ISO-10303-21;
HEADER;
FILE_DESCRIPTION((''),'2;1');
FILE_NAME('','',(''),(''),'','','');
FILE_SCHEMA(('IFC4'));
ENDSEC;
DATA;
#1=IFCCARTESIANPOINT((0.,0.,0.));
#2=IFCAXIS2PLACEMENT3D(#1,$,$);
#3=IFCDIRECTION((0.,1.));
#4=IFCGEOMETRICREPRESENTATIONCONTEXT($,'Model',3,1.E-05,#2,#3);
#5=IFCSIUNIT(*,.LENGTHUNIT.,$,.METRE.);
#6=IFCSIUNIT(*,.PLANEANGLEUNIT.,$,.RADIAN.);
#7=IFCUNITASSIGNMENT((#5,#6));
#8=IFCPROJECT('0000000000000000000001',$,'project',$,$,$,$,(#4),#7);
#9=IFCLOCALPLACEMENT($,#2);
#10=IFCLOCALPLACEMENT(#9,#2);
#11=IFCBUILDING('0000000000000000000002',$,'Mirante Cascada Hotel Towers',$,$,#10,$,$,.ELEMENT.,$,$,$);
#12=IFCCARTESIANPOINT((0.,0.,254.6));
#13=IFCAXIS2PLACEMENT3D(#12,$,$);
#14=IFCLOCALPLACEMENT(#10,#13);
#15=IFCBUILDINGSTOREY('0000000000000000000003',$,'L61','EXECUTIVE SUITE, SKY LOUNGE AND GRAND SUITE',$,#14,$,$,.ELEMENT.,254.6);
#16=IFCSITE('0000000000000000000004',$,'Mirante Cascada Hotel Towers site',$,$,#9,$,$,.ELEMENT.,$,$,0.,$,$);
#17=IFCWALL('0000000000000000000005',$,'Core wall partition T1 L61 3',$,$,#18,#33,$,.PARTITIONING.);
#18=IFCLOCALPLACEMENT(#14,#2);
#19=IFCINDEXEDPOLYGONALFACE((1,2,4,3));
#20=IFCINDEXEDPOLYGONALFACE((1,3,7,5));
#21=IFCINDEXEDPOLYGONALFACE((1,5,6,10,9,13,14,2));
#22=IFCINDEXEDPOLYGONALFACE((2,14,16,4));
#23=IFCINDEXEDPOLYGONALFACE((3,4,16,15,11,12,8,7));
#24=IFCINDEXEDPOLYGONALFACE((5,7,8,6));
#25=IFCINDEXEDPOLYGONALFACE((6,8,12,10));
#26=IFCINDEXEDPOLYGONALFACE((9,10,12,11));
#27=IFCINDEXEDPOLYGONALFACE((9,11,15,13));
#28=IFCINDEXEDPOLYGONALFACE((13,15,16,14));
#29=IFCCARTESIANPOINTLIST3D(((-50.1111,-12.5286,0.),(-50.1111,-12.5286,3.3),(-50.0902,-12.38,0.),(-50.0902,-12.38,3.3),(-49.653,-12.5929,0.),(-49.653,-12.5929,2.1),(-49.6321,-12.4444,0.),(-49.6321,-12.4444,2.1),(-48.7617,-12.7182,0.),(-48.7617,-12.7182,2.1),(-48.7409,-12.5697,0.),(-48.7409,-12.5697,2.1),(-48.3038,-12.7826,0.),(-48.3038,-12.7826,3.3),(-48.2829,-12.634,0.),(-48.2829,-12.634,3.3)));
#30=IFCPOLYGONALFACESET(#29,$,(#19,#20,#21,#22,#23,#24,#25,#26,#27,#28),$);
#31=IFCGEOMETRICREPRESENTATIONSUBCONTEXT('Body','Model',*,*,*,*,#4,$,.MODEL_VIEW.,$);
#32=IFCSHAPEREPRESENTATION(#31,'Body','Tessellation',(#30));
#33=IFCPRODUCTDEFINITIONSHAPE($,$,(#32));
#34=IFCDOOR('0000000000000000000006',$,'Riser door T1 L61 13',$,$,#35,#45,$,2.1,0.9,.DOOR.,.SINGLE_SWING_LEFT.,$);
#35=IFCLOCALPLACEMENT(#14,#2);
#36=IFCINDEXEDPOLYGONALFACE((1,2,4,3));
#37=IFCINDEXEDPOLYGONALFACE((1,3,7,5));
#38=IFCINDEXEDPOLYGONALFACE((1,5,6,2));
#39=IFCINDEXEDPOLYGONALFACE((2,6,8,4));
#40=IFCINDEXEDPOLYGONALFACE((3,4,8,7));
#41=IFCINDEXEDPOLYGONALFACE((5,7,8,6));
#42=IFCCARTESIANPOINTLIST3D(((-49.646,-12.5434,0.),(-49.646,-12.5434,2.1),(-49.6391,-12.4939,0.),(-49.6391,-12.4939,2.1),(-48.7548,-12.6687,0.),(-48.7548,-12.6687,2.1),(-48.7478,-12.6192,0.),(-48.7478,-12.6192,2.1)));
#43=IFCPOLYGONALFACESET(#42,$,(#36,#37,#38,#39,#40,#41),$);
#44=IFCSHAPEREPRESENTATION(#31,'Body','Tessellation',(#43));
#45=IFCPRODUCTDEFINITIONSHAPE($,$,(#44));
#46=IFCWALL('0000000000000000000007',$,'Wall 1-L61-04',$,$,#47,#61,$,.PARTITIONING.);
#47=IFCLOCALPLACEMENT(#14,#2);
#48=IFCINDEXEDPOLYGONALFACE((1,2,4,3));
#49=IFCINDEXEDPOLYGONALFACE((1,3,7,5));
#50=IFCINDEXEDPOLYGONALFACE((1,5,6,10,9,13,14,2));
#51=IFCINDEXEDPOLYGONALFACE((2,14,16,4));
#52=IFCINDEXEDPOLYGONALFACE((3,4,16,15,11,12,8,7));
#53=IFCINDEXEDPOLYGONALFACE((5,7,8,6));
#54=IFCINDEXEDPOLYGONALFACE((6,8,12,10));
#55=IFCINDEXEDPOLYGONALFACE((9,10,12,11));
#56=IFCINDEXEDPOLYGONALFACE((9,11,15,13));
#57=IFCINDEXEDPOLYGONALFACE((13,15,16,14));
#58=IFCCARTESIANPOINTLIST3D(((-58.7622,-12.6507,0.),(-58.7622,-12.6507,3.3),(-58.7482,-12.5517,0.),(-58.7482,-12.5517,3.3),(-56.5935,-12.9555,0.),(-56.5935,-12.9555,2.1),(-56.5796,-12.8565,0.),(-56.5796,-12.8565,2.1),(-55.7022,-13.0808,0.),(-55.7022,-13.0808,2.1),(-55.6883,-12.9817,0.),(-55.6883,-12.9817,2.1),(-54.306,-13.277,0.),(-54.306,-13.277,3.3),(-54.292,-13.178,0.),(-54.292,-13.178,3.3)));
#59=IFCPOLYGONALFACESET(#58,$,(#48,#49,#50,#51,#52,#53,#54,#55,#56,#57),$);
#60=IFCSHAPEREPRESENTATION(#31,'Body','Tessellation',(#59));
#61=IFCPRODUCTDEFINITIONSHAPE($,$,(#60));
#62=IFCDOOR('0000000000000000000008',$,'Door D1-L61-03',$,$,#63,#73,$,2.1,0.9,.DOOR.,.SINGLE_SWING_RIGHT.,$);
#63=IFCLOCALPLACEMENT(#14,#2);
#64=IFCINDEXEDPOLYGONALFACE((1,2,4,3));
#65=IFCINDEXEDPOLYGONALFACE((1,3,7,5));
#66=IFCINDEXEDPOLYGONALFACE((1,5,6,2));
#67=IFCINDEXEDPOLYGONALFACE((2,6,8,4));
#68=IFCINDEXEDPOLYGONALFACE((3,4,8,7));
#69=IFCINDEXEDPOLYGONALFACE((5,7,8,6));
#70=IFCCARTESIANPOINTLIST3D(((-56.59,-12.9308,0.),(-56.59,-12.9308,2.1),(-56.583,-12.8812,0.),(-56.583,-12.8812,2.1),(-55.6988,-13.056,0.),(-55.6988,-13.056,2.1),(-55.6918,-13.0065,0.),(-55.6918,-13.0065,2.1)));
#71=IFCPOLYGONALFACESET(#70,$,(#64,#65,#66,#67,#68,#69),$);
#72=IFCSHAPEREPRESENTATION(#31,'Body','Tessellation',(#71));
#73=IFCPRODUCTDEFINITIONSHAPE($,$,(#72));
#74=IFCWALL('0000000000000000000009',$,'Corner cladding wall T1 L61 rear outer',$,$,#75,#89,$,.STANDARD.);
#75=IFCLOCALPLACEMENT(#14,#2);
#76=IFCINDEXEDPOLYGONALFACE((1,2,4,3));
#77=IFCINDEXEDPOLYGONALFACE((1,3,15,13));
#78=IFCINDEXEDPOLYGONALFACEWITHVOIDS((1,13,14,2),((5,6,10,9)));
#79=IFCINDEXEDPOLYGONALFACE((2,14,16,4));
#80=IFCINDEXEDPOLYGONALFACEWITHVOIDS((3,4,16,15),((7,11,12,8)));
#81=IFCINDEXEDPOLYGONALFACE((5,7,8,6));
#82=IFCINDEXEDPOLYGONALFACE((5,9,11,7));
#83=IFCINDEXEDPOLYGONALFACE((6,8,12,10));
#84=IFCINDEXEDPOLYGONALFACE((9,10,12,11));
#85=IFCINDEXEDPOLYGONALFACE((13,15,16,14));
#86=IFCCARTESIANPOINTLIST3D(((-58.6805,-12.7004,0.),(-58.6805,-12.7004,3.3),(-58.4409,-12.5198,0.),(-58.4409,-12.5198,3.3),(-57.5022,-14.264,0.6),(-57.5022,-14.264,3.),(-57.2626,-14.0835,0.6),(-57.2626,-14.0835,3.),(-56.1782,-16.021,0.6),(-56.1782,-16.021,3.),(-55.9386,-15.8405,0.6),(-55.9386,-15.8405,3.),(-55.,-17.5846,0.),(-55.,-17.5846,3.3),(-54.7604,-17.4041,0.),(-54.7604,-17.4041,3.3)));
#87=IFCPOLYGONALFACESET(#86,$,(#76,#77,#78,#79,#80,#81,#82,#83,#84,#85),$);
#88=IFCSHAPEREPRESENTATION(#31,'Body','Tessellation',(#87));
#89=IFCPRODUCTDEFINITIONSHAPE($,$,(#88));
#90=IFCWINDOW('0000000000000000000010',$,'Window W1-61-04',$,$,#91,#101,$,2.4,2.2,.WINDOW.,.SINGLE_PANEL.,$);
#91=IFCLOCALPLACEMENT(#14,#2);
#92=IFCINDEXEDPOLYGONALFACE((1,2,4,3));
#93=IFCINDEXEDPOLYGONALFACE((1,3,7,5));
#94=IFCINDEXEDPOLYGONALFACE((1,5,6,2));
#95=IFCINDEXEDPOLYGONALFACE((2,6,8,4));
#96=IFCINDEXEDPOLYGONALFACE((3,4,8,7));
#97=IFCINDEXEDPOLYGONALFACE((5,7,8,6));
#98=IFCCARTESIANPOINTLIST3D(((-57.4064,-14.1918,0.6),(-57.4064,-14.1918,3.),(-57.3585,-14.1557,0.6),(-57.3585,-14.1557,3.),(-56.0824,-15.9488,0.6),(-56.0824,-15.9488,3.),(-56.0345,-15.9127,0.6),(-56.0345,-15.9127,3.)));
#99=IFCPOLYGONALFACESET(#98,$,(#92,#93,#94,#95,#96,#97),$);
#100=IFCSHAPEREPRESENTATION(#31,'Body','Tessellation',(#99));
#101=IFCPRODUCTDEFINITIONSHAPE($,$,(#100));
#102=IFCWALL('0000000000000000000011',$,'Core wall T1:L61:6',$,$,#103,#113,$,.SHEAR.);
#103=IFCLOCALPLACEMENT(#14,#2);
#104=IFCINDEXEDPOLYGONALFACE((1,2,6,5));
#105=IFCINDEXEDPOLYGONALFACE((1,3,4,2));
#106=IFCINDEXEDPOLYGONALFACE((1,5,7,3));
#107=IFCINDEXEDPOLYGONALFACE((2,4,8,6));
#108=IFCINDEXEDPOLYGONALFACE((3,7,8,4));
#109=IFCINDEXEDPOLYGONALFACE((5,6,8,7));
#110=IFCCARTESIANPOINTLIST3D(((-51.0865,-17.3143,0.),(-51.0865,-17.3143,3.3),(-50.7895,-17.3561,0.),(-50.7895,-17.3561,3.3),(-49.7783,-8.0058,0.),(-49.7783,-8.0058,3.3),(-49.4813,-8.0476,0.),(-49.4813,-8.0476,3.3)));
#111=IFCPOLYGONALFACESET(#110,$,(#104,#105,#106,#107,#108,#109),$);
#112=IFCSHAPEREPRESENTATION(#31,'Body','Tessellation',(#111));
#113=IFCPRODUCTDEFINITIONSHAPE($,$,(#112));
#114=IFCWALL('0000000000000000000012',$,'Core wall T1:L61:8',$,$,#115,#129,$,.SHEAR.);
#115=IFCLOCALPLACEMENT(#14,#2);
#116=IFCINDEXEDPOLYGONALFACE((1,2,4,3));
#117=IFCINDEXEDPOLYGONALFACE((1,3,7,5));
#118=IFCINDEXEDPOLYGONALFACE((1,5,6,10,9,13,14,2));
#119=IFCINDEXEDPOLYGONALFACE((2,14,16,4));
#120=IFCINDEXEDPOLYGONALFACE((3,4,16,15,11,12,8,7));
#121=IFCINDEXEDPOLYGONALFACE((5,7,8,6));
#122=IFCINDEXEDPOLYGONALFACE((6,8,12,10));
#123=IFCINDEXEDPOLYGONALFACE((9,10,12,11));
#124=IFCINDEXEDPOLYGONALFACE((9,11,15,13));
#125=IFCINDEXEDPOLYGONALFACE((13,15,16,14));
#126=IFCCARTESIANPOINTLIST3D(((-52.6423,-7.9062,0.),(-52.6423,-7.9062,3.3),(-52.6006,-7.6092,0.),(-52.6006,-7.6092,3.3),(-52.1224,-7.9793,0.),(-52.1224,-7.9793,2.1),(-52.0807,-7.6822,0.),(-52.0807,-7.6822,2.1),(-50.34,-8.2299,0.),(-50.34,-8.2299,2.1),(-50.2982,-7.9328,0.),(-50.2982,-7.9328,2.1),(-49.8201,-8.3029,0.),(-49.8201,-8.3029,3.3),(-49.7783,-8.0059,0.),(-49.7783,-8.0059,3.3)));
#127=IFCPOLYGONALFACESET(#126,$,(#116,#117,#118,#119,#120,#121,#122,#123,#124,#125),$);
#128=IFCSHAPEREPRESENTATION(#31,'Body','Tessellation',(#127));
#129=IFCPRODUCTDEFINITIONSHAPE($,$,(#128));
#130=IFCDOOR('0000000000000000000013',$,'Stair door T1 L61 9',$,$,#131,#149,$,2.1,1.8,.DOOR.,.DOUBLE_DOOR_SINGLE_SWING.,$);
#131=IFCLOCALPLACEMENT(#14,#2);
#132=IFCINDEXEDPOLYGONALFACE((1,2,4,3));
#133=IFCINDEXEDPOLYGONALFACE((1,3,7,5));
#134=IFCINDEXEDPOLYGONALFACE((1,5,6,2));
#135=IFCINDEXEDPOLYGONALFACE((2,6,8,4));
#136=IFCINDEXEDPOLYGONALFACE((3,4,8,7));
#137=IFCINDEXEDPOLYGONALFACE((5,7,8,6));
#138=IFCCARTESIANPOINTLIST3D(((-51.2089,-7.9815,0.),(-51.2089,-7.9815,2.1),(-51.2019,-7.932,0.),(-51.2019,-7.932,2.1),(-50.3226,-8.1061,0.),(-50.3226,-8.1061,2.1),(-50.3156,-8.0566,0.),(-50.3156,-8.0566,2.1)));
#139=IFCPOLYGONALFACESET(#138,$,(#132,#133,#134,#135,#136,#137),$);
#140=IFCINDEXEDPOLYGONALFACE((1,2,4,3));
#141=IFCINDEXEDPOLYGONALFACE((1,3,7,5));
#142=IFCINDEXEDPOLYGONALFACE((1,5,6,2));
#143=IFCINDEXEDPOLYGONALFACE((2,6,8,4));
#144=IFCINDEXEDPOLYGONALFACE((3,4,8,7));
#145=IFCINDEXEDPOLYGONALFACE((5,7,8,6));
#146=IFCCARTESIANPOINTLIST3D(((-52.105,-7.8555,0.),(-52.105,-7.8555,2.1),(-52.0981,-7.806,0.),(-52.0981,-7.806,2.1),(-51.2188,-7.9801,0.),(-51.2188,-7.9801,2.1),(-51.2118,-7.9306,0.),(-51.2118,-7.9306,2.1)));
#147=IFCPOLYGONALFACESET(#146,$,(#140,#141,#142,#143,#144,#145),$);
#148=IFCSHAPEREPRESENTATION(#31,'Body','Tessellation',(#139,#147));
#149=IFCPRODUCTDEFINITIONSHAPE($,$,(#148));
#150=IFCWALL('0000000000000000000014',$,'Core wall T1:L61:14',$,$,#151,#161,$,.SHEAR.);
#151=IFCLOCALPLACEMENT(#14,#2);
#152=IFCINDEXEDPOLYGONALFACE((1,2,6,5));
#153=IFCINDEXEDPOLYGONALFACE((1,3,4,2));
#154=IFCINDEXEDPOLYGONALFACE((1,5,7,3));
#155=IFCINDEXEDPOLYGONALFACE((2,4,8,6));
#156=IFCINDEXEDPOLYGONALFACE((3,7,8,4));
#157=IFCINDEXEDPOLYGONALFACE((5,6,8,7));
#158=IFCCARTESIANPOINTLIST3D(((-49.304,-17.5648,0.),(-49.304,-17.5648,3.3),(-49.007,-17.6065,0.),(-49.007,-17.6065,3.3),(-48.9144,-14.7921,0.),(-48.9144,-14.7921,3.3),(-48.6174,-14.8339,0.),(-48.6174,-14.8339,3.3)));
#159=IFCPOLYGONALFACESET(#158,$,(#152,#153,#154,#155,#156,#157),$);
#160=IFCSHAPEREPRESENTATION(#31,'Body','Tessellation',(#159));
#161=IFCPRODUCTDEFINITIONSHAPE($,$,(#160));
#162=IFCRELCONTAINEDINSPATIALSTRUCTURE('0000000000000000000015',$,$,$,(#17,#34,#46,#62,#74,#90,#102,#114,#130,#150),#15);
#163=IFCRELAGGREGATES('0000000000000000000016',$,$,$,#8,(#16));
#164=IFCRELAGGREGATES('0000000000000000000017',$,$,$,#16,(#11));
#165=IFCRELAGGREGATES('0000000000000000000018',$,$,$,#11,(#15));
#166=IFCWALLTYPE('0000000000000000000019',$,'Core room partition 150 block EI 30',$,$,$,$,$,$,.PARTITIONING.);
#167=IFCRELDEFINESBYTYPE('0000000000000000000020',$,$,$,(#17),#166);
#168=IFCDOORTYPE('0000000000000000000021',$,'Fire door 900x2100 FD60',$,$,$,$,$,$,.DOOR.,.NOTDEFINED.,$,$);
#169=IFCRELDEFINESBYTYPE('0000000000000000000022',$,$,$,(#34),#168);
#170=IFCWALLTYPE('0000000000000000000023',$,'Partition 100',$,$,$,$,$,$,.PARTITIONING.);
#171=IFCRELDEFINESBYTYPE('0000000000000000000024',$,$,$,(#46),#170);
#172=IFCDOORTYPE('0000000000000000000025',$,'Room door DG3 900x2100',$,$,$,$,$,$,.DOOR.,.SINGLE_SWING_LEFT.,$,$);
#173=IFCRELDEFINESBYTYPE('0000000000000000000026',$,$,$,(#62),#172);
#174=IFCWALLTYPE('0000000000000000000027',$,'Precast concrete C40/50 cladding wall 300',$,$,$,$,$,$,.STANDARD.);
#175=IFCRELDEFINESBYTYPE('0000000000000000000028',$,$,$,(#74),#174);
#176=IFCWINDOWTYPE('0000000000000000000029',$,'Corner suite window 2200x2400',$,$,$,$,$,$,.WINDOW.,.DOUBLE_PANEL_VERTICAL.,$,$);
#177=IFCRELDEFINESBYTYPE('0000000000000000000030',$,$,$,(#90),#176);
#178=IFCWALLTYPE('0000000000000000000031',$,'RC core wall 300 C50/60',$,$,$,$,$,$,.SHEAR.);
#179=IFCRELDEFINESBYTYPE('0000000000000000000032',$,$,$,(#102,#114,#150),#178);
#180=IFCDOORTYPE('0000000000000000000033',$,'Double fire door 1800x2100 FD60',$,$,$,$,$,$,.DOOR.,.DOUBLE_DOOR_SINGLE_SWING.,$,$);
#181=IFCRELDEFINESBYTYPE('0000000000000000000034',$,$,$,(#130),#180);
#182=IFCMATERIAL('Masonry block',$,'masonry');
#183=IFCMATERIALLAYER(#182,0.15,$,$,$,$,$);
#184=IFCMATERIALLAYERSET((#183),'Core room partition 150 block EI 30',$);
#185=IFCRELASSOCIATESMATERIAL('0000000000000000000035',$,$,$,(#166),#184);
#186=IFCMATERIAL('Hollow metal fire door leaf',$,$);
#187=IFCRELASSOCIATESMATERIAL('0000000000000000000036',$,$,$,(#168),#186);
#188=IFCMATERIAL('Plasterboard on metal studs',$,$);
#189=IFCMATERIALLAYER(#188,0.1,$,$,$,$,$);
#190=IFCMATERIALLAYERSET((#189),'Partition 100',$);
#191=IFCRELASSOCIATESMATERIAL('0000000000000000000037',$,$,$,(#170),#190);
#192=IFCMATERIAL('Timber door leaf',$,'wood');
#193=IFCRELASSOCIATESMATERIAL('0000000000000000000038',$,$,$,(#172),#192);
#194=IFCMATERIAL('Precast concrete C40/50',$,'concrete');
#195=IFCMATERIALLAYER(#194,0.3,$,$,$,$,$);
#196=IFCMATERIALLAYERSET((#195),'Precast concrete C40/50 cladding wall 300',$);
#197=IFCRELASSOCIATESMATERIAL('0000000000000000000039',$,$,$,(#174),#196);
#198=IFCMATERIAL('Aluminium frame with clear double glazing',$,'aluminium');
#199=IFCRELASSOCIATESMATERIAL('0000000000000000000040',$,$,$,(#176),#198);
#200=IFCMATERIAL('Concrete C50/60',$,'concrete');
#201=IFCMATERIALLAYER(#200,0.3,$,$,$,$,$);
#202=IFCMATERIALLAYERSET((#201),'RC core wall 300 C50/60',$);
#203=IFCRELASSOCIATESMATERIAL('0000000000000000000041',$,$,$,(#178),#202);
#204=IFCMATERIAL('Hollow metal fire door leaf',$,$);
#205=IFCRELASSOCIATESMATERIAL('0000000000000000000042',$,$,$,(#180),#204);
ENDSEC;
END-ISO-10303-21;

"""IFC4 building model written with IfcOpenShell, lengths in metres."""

from ifc_helpers import new_model, si_unit, direction, frame, frame_2d, origin, place, context, subcontext, project, spatial, rectangle, extrude, material, layer, layer_set, type_object, element, fill, save


model = new_model("IFC4")

# Units and contexts
model_context = context("Model", 3, precision=1e-05, world=origin(), true_north=direction((0.0, 1.0)))
body_context = subcontext(model_context, "Body", "Model", "MODEL_VIEW")
ifc_project = project(units=[si_unit("LENGTHUNIT", "METRE"), si_unit("PLANEANGLEUNIT", "RADIAN")], contexts=[model_context])

# Site, building, storey
site_placement = place(None, origin())
site = spatial("IfcSite", under=ifc_project, at=site_placement, Name="Mirante Cascada Hotel Towers site", CompositionType="ELEMENT", RefElevation=0.0)
building_placement = place(site_placement, origin())
building = spatial("IfcBuilding", under=site, at=building_placement, Name="Mirante Cascada Hotel Towers", CompositionType="ELEMENT")
storey_placement = place(building_placement, frame((0.0, 0.0, 254.6)))
storey = spatial("IfcBuildingStorey", under=building, at=storey_placement, Name="L61", Description="EXECUTIVE SUITE, SKY LOUNGE AND GRAND SUITE", CompositionType="ELEMENT", Elevation=254.6)

# Shared definitions
ifc_material_1 = material(Name="Masonry block", Category="masonry")
ifc_layer_1 = layer(ifc_material_1, 0.15)
ifc_layer_set_1 = layer_set([ifc_layer_1], Name="Core room partition 150 block EI 30")
wall_type_1 = type_object("IfcWallType", Name="Core room partition 150 block EI 30", PredefinedType="PARTITIONING", material=ifc_layer_set_1)

# Walls, openings, doors
wall_1_placement = place(storey_placement, frame((-48.2933, -12.7083, 0.0), z_axis=(0.0, 0.0, 1.0), x_axis=(-0.990268, 0.139173, 0.0)))
wall_1 = element("IfcWall", 1, at=wall_1_placement, inside=storey, type_object=wall_type_1, Name="Core wall partition T1 L61 3", PredefinedType="PARTITIONING", context=body_context, shape_type="SweptSolid", body=[
    extrude(rectangle(XDim=1.8251, YDim=0.15, at=frame_2d((0.9126, 0.0))), origin(), (0.0, 0.0, 1.0), 3.3),
])
opening_1_placement = place(wall_1_placement, frame((0.4625, 0.0, 0.0)))
opening_1 = element("IfcOpeningElement", 2, at=opening_1_placement, cuts=wall_1, PredefinedType="OPENING", context=body_context, shape_type="SweptSolid", body=[
    extrude(rectangle(XDim=0.9, YDim=2.1, at=frame_2d((0.45, 1.05))), frame((0.0, 0.075, 0.0), z_axis=(0.0, -1.0, 0.0), x_axis=(1.0, 0.0, 0.0)), (0.0, 0.0, 1.0), 0.15),
])
ifc_material_2 = material(Name="Hollow metal fire door leaf")
door_type_1 = type_object("IfcDoorType", Name="Fire door 900x2100 FD60", OperationType="NOTDEFINED", PredefinedType="DOOR", material=ifc_material_2)
door_1_placement = place(opening_1_placement, origin())
door_1 = element("IfcDoor", 3, at=door_1_placement, inside=storey, type_object=door_type_1, Name="Riser door T1 L61 13", OperationType="SINGLE_SWING_LEFT", OverallHeight=2.1, OverallWidth=0.9, PredefinedType="DOOR", context=body_context, shape_type="SweptSolid", body=[
    extrude(rectangle(XDim=0.9, YDim=2.1, at=frame_2d((0.45, 1.05))), frame((0.0, 0.025, 0.0), z_axis=(0.0, -1.0, 0.0), x_axis=(1.0, 0.0, 0.0)), (0.0, 0.0, 1.0), 0.05),
])
fill(opening_1, door_1)
ifc_material_3 = material(Name="Plasterboard on metal studs")
ifc_layer_2 = layer(ifc_material_3, 0.1)
ifc_layer_set_2 = layer_set([ifc_layer_2], Name="Partition 100")
wall_type_2 = type_object("IfcWallType", Name="Partition 100", PredefinedType="PARTITIONING", material=ifc_layer_set_2)
wall_2_placement = place(storey_placement, frame((-54.299, -13.2275, 0.0), z_axis=(0.0, 0.0, 1.0), x_axis=(-0.990267, 0.139178, 0.0)))
wall_2 = element("IfcWall", 4, at=wall_2_placement, inside=storey, type_object=wall_type_2, Name="Wall 1-L61-04", PredefinedType="PARTITIONING", context=body_context, shape_type="SweptSolid", body=[
    extrude(rectangle(XDim=4.5, YDim=0.1, at=frame_2d((2.25, 0.0))), origin(), (0.0, 0.0, 1.0), 3.3),
])
opening_2_placement = place(wall_2_placement, frame((1.41, 0.0, 0.0)))
opening_2 = element("IfcOpeningElement", 5, at=opening_2_placement, cuts=wall_2, PredefinedType="OPENING", context=body_context, shape_type="SweptSolid", body=[
    extrude(rectangle(XDim=0.9, YDim=2.1, at=frame_2d((0.45, 1.05))), frame((0.0, 0.05, 0.0), z_axis=(0.0, -1.0, 0.0), x_axis=(1.0, 0.0, 0.0)), (0.0, 0.0, 1.0), 0.1),
])
ifc_material_4 = material(Name="Timber door leaf", Category="wood")
door_type_2 = type_object("IfcDoorType", Name="Room door DG3 900x2100", OperationType="SINGLE_SWING_LEFT", PredefinedType="DOOR", material=ifc_material_4)
door_2_placement = place(opening_2_placement, frame((0.9, 0.0, 0.0), z_axis=(0.0, 0.0, 1.0), x_axis=(-1.0, 0.0, 0.0)))
door_2 = element("IfcDoor", 6, at=door_2_placement, inside=storey, type_object=door_type_2, Name="Door D1-L61-03", OperationType="SINGLE_SWING_RIGHT", OverallHeight=2.1, OverallWidth=0.9, PredefinedType="DOOR", context=body_context, shape_type="SweptSolid", body=[
    extrude(rectangle(XDim=0.9, YDim=2.1, at=frame_2d((0.45, 1.05))), frame((0.0, 0.025, 0.0), z_axis=(0.0, -1.0, 0.0), x_axis=(1.0, 0.0, 0.0)), (0.0, 0.0, 1.0), 0.05),
])
fill(opening_2, door_2)

# Wall, opening, window
ifc_material_5 = material(Name="Precast concrete C40/50", Category="concrete")
ifc_layer_3 = layer(ifc_material_5, 0.3)
ifc_layer_set_3 = layer_set([ifc_layer_3], Name="Precast concrete C40/50 cladding wall 300")
wall_type_3 = type_object("IfcWallType", Name="Precast concrete C40/50 cladding wall 300", PredefinedType="STANDARD", material=ifc_layer_set_3)
wall_3_placement = place(storey_placement, frame((-54.8802, -17.4943, 0.0), z_axis=(0.0, 0.0, 1.0), x_axis=(-0.601814, 0.798636, 0.0)))
wall_3 = element("IfcWall", 7, at=wall_3_placement, inside=storey, type_object=wall_type_3, Name="Corner cladding wall T1 L61 rear outer", PredefinedType="STANDARD", context=body_context, shape_type="SweptSolid", body=[
    extrude(rectangle(XDim=6.1157, YDim=0.3, at=frame_2d((3.0578, 0.0))), origin(), (0.0, 0.0, 1.0), 3.3),
])
opening_3_placement = place(wall_3_placement, frame((1.9578, 0.0, 0.6)))
opening_3 = element("IfcOpeningElement", 8, at=opening_3_placement, cuts=wall_3, PredefinedType="OPENING", context=body_context, shape_type="SweptSolid", body=[
    extrude(rectangle(XDim=2.2, YDim=2.4, at=frame_2d((1.1, 1.2))), frame((0.0, 0.15, 0.0), z_axis=(0.0, -1.0, 0.0), x_axis=(1.0, 0.0, 0.0)), (0.0, 0.0, 1.0), 0.3),
])
ifc_material_6 = material(Name="Aluminium frame with clear double glazing", Category="aluminium")
window_type = type_object("IfcWindowType", Name="Corner suite window 2200x2400", PartitioningType="DOUBLE_PANEL_VERTICAL", PredefinedType="WINDOW", material=ifc_material_6)
window_placement = place(opening_3_placement, origin())
window = element("IfcWindow", 9, at=window_placement, inside=storey, type_object=window_type, Name="Window W1-61-04", OverallHeight=2.4, OverallWidth=2.2, PartitioningType="SINGLE_PANEL", PredefinedType="WINDOW", context=body_context, shape_type="SweptSolid", body=[
    extrude(rectangle(XDim=2.2, YDim=2.4, at=frame_2d((1.1, 1.2))), frame((0.0, 0.03, 0.0), z_axis=(0.0, -1.0, 0.0), x_axis=(1.0, 0.0, 0.0)), (0.0, 0.0, 1.0), 0.06),
])
fill(opening_3, window)

# Wall
ifc_material_7 = material(Name="Concrete C50/60", Category="concrete")
ifc_layer_4 = layer(ifc_material_7, 0.3)
ifc_layer_set_4 = layer_set([ifc_layer_4], Name="RC core wall 300 C50/60")
wall_type_4 = type_object("IfcWallType", Name="RC core wall 300 C50/60", PredefinedType="SHEAR", material=ifc_layer_set_4)
wall_4_placement = place(storey_placement, frame((-50.938, -17.3352, 0.0), z_axis=(0.0, 0.0, 1.0), x_axis=(0.139171, 0.990268, 0.0)))
element("IfcWall", 10, at=wall_4_placement, inside=storey, type_object=wall_type_4, Name="Core wall T1:L61:6", PredefinedType="SHEAR", context=body_context, shape_type="SweptSolid", body=[
    extrude(rectangle(XDim=9.4, YDim=0.3, at=frame_2d((4.7, 0.0))), origin(), (0.0, 0.0, 1.0), 3.3),
])

# Wall, opening, door
wall_5_placement = place(storey_placement, frame((-49.7992, -8.1544, 0.0), z_axis=(0.0, 0.0, 1.0), x_axis=(-0.990266, 0.139191, 0.0)))
wall_5 = element("IfcWall", 11, at=wall_5_placement, inside=storey, type_object=wall_type_4, Name="Core wall T1:L61:8", PredefinedType="SHEAR", context=body_context, shape_type="SweptSolid", body=[
    extrude(rectangle(XDim=2.85, YDim=0.3, at=frame_2d((1.425, 0.0))), origin(), (0.0, 0.0, 1.0), 3.3),
])
opening_4_placement = place(wall_5_placement, frame((0.525, 0.0, 0.0)))
opening_4 = element("IfcOpeningElement", 12, at=opening_4_placement, cuts=wall_5, PredefinedType="OPENING", context=body_context, shape_type="SweptSolid", body=[
    extrude(rectangle(XDim=1.8, YDim=2.1, at=frame_2d((0.9, 1.05))), frame((0.0, 0.15, 0.0), z_axis=(0.0, -1.0, 0.0), x_axis=(1.0, 0.0, 0.0)), (0.0, 0.0, 1.0), 0.3),
])
ifc_material_8 = material(Name="Hollow metal fire door leaf")
door_type_3 = type_object("IfcDoorType", Name="Double fire door 1800x2100 FD60", OperationType="DOUBLE_DOOR_SINGLE_SWING", PredefinedType="DOOR", material=ifc_material_8)
door_3_placement = place(opening_4_placement, origin())
door_3 = element("IfcDoor", 13, at=door_3_placement, inside=storey, type_object=door_type_3, Name="Stair door T1 L61 9", OperationType="DOUBLE_DOOR_SINGLE_SWING", OverallHeight=2.1, OverallWidth=1.8, PredefinedType="DOOR", context=body_context, shape_type="SweptSolid", body=[
    extrude(rectangle(XDim=0.895, YDim=2.1, at=frame_2d((0.4475, 1.05))), frame((0.0, 0.025, 0.0), z_axis=(0.0, -1.0, 0.0), x_axis=(1.0, 0.0, 0.0)), (0.0, 0.0, 1.0), 0.05),
    extrude(rectangle(XDim=0.895, YDim=2.1, at=frame_2d((1.3525, 1.05))), frame((0.0, 0.025, 0.0), z_axis=(0.0, -1.0, 0.0), x_axis=(1.0, 0.0, 0.0)), (0.0, 0.0, 1.0), 0.05),
])
fill(opening_4, door_3)

# Wall
wall_6_placement = place(storey_placement, frame((-49.1555, -17.5857, 0.0), z_axis=(0.0, 0.0, 1.0), x_axis=(0.139146, 0.990272, 0.0)))
element("IfcWall", 14, at=wall_6_placement, inside=storey, type_object=wall_type_4, Name="Core wall T1:L61:14", PredefinedType="SHEAR", context=body_context, shape_type="SweptSolid", body=[
    extrude(rectangle(XDim=2.7999, YDim=0.3, at=frame_2d((1.4, 0.0))), origin(), (0.0, 0.0, 1.0), 3.3),
])

save(model, "model.ifc")
